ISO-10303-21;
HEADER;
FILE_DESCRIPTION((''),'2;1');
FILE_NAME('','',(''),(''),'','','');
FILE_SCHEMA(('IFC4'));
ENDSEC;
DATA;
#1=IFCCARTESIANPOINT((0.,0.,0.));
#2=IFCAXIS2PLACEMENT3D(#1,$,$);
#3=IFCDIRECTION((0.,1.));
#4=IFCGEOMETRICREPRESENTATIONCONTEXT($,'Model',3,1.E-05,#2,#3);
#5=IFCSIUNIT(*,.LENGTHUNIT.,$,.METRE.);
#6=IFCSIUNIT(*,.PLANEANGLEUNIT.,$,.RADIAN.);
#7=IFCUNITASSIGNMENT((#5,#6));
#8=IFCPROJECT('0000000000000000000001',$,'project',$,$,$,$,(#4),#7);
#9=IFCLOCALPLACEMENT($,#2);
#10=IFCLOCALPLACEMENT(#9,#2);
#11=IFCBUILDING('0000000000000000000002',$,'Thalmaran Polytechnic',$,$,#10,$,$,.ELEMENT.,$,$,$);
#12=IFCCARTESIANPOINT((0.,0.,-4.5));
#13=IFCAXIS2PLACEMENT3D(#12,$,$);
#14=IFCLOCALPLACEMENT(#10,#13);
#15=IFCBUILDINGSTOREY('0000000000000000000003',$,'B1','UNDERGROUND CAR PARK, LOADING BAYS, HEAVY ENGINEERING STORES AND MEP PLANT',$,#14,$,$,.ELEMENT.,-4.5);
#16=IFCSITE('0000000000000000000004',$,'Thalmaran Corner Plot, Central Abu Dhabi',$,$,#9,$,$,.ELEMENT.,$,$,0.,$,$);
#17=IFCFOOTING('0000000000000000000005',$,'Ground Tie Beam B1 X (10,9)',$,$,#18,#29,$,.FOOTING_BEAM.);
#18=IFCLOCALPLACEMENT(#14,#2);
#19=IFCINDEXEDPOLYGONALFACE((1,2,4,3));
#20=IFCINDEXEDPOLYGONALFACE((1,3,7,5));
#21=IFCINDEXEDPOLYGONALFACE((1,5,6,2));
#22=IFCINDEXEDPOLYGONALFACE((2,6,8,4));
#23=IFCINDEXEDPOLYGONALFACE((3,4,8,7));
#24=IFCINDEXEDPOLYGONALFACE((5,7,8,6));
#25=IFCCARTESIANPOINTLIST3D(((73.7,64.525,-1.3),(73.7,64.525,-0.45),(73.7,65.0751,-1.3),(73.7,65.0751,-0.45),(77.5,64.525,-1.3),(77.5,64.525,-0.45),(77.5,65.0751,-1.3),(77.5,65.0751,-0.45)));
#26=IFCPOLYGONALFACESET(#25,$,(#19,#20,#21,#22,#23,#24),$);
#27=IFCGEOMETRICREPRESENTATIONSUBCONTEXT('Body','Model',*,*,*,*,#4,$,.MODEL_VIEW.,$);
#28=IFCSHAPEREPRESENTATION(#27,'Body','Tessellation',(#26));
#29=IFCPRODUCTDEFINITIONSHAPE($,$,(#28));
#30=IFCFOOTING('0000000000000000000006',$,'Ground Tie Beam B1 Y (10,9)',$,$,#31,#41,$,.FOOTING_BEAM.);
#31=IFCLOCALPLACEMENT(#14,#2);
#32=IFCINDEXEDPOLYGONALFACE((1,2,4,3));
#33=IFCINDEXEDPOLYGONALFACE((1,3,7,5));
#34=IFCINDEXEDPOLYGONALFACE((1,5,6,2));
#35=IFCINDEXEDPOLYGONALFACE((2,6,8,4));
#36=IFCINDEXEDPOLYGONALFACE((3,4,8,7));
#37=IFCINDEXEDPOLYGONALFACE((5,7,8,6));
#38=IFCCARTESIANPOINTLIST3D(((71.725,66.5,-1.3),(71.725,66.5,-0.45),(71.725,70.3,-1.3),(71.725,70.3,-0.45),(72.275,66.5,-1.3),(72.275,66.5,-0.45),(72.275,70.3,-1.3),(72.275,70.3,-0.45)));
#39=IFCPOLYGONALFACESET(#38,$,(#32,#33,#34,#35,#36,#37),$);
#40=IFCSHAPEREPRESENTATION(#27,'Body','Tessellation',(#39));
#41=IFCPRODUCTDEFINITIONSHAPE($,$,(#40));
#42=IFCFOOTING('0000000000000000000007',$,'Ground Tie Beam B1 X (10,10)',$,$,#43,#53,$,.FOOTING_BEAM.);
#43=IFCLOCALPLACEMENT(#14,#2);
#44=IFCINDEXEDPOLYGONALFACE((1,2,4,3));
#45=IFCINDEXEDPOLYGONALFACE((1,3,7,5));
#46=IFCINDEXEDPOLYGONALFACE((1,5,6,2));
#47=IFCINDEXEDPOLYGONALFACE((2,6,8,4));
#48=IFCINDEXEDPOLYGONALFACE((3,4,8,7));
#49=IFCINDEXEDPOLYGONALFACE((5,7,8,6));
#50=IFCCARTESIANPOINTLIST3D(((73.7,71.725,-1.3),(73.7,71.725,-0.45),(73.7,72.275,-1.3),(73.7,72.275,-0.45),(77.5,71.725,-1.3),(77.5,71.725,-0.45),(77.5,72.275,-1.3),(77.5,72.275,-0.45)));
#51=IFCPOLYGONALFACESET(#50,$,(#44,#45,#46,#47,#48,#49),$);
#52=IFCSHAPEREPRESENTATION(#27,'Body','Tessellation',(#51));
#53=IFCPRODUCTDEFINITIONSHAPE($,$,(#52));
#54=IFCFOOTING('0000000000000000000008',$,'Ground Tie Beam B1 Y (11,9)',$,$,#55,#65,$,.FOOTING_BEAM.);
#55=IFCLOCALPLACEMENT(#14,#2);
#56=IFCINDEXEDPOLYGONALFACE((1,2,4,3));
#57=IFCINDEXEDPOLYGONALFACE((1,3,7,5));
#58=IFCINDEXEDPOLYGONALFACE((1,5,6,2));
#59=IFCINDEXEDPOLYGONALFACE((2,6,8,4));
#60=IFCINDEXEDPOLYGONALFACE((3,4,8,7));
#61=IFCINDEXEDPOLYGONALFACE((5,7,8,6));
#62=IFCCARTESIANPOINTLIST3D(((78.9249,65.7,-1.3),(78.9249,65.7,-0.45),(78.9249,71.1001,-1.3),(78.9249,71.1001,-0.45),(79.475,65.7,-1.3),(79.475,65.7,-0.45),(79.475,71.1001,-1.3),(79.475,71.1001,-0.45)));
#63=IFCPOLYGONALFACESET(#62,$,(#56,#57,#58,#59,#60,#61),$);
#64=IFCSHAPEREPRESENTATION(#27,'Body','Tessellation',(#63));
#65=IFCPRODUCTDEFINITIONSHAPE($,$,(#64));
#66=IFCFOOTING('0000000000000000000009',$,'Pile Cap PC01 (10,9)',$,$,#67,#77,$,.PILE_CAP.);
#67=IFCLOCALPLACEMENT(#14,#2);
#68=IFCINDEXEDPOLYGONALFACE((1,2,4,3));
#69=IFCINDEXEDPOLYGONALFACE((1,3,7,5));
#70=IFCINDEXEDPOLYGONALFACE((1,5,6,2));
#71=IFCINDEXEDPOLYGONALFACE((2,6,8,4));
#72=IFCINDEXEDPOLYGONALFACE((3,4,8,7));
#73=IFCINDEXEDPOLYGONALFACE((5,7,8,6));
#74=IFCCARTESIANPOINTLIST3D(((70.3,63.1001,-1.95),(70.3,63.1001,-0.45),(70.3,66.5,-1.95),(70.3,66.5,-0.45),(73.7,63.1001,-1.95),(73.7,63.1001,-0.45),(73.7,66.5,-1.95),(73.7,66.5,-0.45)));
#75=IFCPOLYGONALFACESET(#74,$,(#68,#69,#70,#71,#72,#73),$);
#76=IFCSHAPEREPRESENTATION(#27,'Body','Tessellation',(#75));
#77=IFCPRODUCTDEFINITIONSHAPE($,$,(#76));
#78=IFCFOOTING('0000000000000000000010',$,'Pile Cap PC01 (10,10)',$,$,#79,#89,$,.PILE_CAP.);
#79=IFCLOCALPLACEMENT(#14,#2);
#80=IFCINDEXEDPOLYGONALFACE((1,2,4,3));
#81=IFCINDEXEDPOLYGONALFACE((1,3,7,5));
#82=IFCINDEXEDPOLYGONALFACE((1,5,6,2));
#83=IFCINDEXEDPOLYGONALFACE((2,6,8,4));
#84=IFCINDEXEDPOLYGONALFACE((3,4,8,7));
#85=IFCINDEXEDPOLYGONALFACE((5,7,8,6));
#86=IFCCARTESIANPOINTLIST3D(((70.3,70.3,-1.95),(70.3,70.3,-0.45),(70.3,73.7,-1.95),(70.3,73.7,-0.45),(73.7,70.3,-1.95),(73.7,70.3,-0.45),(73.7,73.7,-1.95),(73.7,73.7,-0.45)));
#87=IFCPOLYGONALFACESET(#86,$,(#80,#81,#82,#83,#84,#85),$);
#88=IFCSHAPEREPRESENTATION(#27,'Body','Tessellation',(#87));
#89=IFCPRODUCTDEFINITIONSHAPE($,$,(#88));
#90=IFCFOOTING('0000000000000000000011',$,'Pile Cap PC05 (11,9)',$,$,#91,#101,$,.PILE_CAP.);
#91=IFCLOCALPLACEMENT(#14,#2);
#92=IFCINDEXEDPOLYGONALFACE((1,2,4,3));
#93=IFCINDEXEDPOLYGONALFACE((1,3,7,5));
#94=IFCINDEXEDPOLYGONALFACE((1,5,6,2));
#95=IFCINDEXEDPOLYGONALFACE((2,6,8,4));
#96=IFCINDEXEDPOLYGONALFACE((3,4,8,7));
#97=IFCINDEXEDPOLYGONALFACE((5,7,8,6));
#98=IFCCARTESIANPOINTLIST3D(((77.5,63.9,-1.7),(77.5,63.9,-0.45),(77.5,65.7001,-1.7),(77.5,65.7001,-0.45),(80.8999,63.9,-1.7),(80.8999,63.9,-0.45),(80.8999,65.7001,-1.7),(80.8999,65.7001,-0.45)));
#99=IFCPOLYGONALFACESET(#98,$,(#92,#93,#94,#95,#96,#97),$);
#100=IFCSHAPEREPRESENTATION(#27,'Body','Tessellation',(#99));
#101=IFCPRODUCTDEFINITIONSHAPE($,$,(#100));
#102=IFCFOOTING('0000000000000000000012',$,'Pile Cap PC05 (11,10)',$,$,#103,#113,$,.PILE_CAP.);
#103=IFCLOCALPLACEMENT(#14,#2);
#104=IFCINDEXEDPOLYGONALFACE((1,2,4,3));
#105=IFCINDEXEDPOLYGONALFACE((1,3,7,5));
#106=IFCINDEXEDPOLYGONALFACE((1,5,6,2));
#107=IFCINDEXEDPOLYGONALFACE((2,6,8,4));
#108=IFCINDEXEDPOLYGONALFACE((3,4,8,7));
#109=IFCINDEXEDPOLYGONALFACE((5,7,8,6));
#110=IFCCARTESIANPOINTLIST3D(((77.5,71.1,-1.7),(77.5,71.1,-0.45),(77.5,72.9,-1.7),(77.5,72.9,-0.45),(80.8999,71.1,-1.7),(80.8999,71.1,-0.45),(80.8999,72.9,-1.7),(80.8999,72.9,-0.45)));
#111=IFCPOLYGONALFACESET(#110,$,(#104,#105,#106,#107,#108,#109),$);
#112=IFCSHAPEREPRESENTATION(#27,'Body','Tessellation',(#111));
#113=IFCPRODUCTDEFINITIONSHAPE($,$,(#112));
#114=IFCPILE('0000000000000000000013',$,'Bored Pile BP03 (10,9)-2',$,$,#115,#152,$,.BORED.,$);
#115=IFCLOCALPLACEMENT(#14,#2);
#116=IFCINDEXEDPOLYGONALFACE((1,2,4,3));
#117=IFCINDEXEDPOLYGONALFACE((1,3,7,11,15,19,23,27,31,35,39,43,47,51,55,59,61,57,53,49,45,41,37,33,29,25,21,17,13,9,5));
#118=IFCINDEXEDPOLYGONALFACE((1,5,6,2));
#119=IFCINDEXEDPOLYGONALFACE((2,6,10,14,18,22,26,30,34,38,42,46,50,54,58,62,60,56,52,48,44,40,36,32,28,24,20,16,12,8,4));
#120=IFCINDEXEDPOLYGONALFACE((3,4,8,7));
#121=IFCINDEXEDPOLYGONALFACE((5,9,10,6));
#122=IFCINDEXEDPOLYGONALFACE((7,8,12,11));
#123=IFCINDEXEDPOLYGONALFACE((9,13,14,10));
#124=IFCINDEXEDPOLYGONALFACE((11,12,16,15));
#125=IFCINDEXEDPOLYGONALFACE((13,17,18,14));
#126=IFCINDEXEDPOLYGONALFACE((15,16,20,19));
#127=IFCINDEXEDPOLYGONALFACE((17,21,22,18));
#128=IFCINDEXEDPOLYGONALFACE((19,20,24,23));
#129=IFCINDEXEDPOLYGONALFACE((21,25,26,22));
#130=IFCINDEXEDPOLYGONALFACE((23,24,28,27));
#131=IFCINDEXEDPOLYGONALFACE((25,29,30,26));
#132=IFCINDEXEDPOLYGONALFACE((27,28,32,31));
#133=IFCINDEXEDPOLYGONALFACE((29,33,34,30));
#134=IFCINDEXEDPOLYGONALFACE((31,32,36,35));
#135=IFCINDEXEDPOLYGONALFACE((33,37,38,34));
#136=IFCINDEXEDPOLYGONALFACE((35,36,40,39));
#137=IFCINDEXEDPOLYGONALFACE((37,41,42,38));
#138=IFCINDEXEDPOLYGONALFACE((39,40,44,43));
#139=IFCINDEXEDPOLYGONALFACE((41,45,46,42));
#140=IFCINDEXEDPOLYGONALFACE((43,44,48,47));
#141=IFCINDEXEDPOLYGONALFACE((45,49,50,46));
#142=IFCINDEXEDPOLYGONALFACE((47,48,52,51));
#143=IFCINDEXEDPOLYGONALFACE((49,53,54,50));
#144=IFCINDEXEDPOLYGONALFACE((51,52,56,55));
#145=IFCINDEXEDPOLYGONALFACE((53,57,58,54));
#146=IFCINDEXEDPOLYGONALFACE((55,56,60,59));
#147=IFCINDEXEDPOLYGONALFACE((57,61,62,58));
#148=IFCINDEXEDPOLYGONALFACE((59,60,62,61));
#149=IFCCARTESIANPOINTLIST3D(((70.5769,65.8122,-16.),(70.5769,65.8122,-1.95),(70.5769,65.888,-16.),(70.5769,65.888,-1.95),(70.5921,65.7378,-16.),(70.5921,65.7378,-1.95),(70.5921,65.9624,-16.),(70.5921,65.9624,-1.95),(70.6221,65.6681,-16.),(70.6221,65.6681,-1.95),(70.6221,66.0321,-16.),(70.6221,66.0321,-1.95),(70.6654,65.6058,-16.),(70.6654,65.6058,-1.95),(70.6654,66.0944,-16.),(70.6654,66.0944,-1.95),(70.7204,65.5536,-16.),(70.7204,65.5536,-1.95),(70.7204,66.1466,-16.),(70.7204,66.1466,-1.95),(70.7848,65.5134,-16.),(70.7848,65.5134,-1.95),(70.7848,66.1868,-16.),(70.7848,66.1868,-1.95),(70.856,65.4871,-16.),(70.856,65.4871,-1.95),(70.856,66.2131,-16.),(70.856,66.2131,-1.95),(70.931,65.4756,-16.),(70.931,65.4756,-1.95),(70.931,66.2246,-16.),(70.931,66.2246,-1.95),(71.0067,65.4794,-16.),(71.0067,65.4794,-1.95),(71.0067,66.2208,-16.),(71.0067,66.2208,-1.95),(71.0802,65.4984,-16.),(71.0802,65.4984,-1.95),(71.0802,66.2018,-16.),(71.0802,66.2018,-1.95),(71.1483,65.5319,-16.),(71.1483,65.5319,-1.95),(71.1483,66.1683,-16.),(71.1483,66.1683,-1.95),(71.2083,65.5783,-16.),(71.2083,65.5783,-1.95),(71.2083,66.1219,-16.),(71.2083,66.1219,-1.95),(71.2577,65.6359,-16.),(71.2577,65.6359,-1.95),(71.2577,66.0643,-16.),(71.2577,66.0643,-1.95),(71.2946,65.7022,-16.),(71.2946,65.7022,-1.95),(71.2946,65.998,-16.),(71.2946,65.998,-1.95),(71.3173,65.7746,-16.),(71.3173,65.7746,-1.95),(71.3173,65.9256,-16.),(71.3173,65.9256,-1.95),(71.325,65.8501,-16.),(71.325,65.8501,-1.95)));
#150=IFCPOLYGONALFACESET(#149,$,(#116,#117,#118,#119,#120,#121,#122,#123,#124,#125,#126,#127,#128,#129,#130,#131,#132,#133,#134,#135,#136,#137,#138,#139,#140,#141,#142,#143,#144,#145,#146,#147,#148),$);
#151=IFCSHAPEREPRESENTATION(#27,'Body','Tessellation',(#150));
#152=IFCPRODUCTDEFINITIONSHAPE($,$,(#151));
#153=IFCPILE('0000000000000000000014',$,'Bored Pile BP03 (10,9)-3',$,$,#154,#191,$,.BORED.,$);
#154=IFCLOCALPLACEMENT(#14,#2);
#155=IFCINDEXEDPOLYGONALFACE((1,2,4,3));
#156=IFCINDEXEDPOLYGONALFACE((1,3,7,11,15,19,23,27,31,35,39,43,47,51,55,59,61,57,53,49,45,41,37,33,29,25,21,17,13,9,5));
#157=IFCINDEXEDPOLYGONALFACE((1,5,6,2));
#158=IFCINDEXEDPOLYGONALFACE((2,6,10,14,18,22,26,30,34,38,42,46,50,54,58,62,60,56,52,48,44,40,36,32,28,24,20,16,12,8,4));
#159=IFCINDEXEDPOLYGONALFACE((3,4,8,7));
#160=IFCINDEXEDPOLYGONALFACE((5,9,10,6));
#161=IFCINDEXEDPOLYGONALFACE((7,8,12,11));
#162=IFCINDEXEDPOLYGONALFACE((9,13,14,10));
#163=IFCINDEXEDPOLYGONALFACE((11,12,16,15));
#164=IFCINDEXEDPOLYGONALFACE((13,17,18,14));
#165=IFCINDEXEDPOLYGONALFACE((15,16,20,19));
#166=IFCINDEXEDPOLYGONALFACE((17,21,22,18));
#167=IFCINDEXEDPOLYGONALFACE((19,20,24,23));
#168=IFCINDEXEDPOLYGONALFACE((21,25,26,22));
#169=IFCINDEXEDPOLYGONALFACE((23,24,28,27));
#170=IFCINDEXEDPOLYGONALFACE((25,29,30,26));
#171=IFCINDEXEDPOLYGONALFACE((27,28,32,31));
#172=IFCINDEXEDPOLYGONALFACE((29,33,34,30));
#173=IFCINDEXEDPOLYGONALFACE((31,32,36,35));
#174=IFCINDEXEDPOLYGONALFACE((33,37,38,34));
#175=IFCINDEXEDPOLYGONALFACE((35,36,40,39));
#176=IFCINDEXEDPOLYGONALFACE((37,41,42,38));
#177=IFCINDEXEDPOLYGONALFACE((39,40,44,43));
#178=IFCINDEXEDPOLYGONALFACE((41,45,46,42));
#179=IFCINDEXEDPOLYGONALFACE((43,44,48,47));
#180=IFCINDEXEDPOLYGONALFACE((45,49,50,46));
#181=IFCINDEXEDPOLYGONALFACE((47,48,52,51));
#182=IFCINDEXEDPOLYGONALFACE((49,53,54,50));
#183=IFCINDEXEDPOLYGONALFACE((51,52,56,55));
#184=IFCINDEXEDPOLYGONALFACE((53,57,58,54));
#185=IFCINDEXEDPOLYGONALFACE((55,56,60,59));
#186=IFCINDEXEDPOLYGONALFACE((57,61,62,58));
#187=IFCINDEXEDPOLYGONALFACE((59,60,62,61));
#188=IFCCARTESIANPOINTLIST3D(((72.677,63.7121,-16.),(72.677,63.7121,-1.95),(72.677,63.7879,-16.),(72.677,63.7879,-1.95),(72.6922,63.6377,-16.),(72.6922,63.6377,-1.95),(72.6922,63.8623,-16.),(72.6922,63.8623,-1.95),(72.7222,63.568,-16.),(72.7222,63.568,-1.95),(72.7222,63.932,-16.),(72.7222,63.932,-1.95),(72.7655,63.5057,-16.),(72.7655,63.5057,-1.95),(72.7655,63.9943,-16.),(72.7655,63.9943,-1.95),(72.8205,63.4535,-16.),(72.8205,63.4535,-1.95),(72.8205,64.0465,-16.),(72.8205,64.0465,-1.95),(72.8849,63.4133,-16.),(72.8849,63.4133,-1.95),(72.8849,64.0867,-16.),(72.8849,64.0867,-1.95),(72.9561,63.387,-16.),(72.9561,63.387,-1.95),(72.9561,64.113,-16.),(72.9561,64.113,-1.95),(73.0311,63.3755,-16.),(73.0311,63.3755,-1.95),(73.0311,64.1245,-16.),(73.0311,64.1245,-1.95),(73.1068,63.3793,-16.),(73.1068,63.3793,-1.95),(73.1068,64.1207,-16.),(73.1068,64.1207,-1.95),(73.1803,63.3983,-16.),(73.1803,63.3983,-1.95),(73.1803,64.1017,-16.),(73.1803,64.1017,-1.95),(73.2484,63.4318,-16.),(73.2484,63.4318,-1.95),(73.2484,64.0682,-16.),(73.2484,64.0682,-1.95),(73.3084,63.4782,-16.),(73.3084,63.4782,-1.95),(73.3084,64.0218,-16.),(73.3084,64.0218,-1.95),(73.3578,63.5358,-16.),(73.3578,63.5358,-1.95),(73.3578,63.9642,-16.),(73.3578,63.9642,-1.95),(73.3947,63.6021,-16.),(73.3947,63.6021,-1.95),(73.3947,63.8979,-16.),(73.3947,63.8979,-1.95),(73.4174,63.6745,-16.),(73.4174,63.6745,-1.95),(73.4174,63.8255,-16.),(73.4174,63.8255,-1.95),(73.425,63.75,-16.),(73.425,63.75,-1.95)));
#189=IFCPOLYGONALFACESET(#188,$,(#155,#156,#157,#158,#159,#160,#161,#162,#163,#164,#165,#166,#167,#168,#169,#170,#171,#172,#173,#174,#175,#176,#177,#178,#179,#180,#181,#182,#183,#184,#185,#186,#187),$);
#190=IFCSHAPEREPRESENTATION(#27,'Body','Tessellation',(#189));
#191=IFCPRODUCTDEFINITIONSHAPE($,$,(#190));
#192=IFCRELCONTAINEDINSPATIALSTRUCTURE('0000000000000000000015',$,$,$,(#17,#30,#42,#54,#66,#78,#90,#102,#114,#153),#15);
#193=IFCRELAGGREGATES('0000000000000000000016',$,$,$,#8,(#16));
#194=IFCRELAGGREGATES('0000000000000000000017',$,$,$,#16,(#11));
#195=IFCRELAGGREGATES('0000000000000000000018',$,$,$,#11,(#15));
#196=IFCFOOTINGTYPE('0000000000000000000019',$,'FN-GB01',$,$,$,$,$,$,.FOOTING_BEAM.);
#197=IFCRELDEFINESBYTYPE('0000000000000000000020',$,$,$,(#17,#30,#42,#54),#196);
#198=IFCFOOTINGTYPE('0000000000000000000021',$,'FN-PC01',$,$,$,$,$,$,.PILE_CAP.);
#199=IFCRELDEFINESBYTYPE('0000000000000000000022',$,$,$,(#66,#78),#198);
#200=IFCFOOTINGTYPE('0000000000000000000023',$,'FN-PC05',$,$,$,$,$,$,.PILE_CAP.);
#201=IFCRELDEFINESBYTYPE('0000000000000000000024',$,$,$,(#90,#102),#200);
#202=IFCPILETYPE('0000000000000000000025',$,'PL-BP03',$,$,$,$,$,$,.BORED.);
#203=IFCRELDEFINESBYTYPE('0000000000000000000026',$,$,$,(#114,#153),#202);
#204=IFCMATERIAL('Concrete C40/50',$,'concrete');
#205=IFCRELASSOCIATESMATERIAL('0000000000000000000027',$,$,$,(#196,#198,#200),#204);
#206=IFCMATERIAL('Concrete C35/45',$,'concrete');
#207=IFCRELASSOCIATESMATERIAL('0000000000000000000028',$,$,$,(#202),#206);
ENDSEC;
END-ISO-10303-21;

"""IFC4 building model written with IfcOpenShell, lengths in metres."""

from ifc_helpers import new_model, si_unit, direction, frame, origin, origin_2d, place, context, subcontext, project, spatial, rectangle, circle, extrude, material, material_profile, profile_set, type_object, element, save


model = new_model("IFC4")

# Units and contexts
model_context = context("Model", 3, precision=1e-05, world=origin(), true_north=direction((0.0, 1.0)))
body_context = subcontext(model_context, "Body", "Model", "MODEL_VIEW")
ifc_project = project(units=[si_unit("LENGTHUNIT", "METRE"), si_unit("PLANEANGLEUNIT", "RADIAN")], contexts=[model_context])

# Site, building, storey
site_placement = place(None, origin())
site = spatial("IfcSite", under=ifc_project, at=site_placement, Name="Thalmaran Corner Plot, Central Abu Dhabi", CompositionType="ELEMENT", RefElevation=0.0)
building_placement = place(site_placement, origin())
building = spatial("IfcBuilding", under=site, at=building_placement, Name="Thalmaran Polytechnic", CompositionType="ELEMENT")
storey_placement = place(building_placement, frame((0.0, 0.0, -4.5)))
storey = spatial("IfcBuildingStorey", under=building, at=storey_placement, Name="B1", Description="UNDERGROUND CAR PARK, LOADING BAYS, HEAVY ENGINEERING STORES AND MEP PLANT", CompositionType="ELEMENT", Elevation=-4.5)

# Footings
ifc_material_1 = material(Name="Concrete C40/50", Category="concrete")
ifc_material_profile_1 = material_profile(ifc_material_1, rectangle(XDim=0.55, YDim=0.8501, at=origin_2d()), Name="RC 550x850")
ifc_profile_set_1 = profile_set([ifc_material_profile_1], Name="Concrete C40/50")
footing_type_1 = type_object("IfcFootingType", Name="FN-GB01", PredefinedType="FOOTING_BEAM", material=ifc_profile_set_1)
for number, where, z_axis, x_axis, name in (
    (1, (73.7, 64.8, -0.875), (1.0, 0.0, 0.0), (0.0, 1.0, 0.0), "Ground Tie Beam B1 X (10,9)"),
    (2, (72.0, 66.5, -0.875), (0.0, 1.0, 0.0), (-1.0, 0.0, 0.0), "Ground Tie Beam B1 Y (10,9)"),
    (3, (73.7, 72.0, -0.875), (1.0, 0.0, 0.0), (0.0, 1.0, 0.0), "Ground Tie Beam B1 X (10,10)"),
):
    element("IfcFooting", number, at=place(storey_placement, frame(where, z_axis=z_axis, x_axis=x_axis)), inside=storey, type_object=footing_type_1, Name=name, PredefinedType="FOOTING_BEAM", context=body_context, shape_type="SweptSolid", body=[
        extrude(rectangle(XDim=0.55, YDim=0.8501, at=origin_2d()), origin(), (0.0, 0.0, 1.0), 3.8),
    ])
footing_placement = place(storey_placement, frame((79.2, 65.7, -0.875), z_axis=(0.0, 1.0, 0.0), x_axis=(-1.0, 0.0, 0.0)))
element("IfcFooting", 4, at=footing_placement, inside=storey, type_object=footing_type_1, Name="Ground Tie Beam B1 Y (11,9)", PredefinedType="FOOTING_BEAM", context=body_context, shape_type="SweptSolid", body=[
    extrude(rectangle(XDim=0.55, YDim=0.8501, at=origin_2d()), origin(), (0.0, 0.0, 1.0), 5.4001),
])
footing_type_2 = type_object("IfcFootingType", Name="FN-PC01", PredefinedType="PILE_CAP", material=ifc_material_1)
for number, where, z_axis, x_axis, name in (
    (5, (72.0, 64.8, -1.95), (0.0, 0.0, 1.0), (1.0, 0.0, 0.0), "Pile Cap PC01 (10,9)"),
    (6, (72.0, 72.0, -1.95), (0.0, 0.0, 1.0), (1.0, 0.0, 0.0), "Pile Cap PC01 (10,10)"),
):
    element("IfcFooting", number, at=place(storey_placement, frame(where, z_axis=z_axis, x_axis=x_axis)), inside=storey, type_object=footing_type_2, Name=name, PredefinedType="PILE_CAP", context=body_context, shape_type="SweptSolid", body=[
        extrude(rectangle(XDim=3.3999, YDim=3.3999, at=origin_2d()), origin(), (0.0, 0.0, 1.0), 1.5),
    ])
footing_type_3 = type_object("IfcFootingType", Name="FN-PC05", PredefinedType="PILE_CAP", material=ifc_material_1)
for number, where, z_axis, x_axis, name in (
    (7, (79.2, 64.8, -1.7), (0.0, 0.0, 1.0), (1.0, 0.0, 0.0), "Pile Cap PC05 (11,9)"),
    (8, (79.2, 72.0, -1.7), (0.0, 0.0, 1.0), (1.0, 0.0, 0.0), "Pile Cap PC05 (11,10)"),
):
    element("IfcFooting", number, at=place(storey_placement, frame(where, z_axis=z_axis, x_axis=x_axis)), inside=storey, type_object=footing_type_3, Name=name, PredefinedType="PILE_CAP", context=body_context, shape_type="SweptSolid", body=[
        extrude(rectangle(XDim=3.3999, YDim=1.8, at=origin_2d()), origin(), (0.0, 0.0, 1.0), 1.25),
    ])

# Piles
ifc_material_2 = material(Name="Concrete C35/45", Category="concrete")
ifc_material_profile_2 = material_profile(ifc_material_2, circle(Radius=0.375, at=origin_2d()), Name="RC 750 DIA")
ifc_profile_set_2 = profile_set([ifc_material_profile_2], Name="Concrete C35/45")
pile_type_1 = type_object("IfcPileType", Name="PL-BP03", PredefinedType="BORED", material=ifc_profile_set_2)
for number, where, z_axis, x_axis, name in (
    (9, (70.95, 65.8501, -1.95), (0.0, 0.0, -1.0), (1.0, 0.0, 0.0), "Bored Pile BP03 (10,9)-2"),
    (10, (73.05, 63.75, -1.95), (0.0, 0.0, -1.0), (1.0, 0.0, 0.0), "Bored Pile BP03 (10,9)-3"),
):
    element("IfcPile", number, at=place(storey_placement, frame(where, z_axis=z_axis, x_axis=x_axis)), inside=storey, type_object=pile_type_1, Name=name, PredefinedType="BORED", context=body_context, shape_type="SweptSolid", body=[
        extrude(circle(Radius=0.375, at=origin_2d()), origin(), (0.0, 0.0, 1.0), 14.05),
    ])

save(model, "model.ifc")
